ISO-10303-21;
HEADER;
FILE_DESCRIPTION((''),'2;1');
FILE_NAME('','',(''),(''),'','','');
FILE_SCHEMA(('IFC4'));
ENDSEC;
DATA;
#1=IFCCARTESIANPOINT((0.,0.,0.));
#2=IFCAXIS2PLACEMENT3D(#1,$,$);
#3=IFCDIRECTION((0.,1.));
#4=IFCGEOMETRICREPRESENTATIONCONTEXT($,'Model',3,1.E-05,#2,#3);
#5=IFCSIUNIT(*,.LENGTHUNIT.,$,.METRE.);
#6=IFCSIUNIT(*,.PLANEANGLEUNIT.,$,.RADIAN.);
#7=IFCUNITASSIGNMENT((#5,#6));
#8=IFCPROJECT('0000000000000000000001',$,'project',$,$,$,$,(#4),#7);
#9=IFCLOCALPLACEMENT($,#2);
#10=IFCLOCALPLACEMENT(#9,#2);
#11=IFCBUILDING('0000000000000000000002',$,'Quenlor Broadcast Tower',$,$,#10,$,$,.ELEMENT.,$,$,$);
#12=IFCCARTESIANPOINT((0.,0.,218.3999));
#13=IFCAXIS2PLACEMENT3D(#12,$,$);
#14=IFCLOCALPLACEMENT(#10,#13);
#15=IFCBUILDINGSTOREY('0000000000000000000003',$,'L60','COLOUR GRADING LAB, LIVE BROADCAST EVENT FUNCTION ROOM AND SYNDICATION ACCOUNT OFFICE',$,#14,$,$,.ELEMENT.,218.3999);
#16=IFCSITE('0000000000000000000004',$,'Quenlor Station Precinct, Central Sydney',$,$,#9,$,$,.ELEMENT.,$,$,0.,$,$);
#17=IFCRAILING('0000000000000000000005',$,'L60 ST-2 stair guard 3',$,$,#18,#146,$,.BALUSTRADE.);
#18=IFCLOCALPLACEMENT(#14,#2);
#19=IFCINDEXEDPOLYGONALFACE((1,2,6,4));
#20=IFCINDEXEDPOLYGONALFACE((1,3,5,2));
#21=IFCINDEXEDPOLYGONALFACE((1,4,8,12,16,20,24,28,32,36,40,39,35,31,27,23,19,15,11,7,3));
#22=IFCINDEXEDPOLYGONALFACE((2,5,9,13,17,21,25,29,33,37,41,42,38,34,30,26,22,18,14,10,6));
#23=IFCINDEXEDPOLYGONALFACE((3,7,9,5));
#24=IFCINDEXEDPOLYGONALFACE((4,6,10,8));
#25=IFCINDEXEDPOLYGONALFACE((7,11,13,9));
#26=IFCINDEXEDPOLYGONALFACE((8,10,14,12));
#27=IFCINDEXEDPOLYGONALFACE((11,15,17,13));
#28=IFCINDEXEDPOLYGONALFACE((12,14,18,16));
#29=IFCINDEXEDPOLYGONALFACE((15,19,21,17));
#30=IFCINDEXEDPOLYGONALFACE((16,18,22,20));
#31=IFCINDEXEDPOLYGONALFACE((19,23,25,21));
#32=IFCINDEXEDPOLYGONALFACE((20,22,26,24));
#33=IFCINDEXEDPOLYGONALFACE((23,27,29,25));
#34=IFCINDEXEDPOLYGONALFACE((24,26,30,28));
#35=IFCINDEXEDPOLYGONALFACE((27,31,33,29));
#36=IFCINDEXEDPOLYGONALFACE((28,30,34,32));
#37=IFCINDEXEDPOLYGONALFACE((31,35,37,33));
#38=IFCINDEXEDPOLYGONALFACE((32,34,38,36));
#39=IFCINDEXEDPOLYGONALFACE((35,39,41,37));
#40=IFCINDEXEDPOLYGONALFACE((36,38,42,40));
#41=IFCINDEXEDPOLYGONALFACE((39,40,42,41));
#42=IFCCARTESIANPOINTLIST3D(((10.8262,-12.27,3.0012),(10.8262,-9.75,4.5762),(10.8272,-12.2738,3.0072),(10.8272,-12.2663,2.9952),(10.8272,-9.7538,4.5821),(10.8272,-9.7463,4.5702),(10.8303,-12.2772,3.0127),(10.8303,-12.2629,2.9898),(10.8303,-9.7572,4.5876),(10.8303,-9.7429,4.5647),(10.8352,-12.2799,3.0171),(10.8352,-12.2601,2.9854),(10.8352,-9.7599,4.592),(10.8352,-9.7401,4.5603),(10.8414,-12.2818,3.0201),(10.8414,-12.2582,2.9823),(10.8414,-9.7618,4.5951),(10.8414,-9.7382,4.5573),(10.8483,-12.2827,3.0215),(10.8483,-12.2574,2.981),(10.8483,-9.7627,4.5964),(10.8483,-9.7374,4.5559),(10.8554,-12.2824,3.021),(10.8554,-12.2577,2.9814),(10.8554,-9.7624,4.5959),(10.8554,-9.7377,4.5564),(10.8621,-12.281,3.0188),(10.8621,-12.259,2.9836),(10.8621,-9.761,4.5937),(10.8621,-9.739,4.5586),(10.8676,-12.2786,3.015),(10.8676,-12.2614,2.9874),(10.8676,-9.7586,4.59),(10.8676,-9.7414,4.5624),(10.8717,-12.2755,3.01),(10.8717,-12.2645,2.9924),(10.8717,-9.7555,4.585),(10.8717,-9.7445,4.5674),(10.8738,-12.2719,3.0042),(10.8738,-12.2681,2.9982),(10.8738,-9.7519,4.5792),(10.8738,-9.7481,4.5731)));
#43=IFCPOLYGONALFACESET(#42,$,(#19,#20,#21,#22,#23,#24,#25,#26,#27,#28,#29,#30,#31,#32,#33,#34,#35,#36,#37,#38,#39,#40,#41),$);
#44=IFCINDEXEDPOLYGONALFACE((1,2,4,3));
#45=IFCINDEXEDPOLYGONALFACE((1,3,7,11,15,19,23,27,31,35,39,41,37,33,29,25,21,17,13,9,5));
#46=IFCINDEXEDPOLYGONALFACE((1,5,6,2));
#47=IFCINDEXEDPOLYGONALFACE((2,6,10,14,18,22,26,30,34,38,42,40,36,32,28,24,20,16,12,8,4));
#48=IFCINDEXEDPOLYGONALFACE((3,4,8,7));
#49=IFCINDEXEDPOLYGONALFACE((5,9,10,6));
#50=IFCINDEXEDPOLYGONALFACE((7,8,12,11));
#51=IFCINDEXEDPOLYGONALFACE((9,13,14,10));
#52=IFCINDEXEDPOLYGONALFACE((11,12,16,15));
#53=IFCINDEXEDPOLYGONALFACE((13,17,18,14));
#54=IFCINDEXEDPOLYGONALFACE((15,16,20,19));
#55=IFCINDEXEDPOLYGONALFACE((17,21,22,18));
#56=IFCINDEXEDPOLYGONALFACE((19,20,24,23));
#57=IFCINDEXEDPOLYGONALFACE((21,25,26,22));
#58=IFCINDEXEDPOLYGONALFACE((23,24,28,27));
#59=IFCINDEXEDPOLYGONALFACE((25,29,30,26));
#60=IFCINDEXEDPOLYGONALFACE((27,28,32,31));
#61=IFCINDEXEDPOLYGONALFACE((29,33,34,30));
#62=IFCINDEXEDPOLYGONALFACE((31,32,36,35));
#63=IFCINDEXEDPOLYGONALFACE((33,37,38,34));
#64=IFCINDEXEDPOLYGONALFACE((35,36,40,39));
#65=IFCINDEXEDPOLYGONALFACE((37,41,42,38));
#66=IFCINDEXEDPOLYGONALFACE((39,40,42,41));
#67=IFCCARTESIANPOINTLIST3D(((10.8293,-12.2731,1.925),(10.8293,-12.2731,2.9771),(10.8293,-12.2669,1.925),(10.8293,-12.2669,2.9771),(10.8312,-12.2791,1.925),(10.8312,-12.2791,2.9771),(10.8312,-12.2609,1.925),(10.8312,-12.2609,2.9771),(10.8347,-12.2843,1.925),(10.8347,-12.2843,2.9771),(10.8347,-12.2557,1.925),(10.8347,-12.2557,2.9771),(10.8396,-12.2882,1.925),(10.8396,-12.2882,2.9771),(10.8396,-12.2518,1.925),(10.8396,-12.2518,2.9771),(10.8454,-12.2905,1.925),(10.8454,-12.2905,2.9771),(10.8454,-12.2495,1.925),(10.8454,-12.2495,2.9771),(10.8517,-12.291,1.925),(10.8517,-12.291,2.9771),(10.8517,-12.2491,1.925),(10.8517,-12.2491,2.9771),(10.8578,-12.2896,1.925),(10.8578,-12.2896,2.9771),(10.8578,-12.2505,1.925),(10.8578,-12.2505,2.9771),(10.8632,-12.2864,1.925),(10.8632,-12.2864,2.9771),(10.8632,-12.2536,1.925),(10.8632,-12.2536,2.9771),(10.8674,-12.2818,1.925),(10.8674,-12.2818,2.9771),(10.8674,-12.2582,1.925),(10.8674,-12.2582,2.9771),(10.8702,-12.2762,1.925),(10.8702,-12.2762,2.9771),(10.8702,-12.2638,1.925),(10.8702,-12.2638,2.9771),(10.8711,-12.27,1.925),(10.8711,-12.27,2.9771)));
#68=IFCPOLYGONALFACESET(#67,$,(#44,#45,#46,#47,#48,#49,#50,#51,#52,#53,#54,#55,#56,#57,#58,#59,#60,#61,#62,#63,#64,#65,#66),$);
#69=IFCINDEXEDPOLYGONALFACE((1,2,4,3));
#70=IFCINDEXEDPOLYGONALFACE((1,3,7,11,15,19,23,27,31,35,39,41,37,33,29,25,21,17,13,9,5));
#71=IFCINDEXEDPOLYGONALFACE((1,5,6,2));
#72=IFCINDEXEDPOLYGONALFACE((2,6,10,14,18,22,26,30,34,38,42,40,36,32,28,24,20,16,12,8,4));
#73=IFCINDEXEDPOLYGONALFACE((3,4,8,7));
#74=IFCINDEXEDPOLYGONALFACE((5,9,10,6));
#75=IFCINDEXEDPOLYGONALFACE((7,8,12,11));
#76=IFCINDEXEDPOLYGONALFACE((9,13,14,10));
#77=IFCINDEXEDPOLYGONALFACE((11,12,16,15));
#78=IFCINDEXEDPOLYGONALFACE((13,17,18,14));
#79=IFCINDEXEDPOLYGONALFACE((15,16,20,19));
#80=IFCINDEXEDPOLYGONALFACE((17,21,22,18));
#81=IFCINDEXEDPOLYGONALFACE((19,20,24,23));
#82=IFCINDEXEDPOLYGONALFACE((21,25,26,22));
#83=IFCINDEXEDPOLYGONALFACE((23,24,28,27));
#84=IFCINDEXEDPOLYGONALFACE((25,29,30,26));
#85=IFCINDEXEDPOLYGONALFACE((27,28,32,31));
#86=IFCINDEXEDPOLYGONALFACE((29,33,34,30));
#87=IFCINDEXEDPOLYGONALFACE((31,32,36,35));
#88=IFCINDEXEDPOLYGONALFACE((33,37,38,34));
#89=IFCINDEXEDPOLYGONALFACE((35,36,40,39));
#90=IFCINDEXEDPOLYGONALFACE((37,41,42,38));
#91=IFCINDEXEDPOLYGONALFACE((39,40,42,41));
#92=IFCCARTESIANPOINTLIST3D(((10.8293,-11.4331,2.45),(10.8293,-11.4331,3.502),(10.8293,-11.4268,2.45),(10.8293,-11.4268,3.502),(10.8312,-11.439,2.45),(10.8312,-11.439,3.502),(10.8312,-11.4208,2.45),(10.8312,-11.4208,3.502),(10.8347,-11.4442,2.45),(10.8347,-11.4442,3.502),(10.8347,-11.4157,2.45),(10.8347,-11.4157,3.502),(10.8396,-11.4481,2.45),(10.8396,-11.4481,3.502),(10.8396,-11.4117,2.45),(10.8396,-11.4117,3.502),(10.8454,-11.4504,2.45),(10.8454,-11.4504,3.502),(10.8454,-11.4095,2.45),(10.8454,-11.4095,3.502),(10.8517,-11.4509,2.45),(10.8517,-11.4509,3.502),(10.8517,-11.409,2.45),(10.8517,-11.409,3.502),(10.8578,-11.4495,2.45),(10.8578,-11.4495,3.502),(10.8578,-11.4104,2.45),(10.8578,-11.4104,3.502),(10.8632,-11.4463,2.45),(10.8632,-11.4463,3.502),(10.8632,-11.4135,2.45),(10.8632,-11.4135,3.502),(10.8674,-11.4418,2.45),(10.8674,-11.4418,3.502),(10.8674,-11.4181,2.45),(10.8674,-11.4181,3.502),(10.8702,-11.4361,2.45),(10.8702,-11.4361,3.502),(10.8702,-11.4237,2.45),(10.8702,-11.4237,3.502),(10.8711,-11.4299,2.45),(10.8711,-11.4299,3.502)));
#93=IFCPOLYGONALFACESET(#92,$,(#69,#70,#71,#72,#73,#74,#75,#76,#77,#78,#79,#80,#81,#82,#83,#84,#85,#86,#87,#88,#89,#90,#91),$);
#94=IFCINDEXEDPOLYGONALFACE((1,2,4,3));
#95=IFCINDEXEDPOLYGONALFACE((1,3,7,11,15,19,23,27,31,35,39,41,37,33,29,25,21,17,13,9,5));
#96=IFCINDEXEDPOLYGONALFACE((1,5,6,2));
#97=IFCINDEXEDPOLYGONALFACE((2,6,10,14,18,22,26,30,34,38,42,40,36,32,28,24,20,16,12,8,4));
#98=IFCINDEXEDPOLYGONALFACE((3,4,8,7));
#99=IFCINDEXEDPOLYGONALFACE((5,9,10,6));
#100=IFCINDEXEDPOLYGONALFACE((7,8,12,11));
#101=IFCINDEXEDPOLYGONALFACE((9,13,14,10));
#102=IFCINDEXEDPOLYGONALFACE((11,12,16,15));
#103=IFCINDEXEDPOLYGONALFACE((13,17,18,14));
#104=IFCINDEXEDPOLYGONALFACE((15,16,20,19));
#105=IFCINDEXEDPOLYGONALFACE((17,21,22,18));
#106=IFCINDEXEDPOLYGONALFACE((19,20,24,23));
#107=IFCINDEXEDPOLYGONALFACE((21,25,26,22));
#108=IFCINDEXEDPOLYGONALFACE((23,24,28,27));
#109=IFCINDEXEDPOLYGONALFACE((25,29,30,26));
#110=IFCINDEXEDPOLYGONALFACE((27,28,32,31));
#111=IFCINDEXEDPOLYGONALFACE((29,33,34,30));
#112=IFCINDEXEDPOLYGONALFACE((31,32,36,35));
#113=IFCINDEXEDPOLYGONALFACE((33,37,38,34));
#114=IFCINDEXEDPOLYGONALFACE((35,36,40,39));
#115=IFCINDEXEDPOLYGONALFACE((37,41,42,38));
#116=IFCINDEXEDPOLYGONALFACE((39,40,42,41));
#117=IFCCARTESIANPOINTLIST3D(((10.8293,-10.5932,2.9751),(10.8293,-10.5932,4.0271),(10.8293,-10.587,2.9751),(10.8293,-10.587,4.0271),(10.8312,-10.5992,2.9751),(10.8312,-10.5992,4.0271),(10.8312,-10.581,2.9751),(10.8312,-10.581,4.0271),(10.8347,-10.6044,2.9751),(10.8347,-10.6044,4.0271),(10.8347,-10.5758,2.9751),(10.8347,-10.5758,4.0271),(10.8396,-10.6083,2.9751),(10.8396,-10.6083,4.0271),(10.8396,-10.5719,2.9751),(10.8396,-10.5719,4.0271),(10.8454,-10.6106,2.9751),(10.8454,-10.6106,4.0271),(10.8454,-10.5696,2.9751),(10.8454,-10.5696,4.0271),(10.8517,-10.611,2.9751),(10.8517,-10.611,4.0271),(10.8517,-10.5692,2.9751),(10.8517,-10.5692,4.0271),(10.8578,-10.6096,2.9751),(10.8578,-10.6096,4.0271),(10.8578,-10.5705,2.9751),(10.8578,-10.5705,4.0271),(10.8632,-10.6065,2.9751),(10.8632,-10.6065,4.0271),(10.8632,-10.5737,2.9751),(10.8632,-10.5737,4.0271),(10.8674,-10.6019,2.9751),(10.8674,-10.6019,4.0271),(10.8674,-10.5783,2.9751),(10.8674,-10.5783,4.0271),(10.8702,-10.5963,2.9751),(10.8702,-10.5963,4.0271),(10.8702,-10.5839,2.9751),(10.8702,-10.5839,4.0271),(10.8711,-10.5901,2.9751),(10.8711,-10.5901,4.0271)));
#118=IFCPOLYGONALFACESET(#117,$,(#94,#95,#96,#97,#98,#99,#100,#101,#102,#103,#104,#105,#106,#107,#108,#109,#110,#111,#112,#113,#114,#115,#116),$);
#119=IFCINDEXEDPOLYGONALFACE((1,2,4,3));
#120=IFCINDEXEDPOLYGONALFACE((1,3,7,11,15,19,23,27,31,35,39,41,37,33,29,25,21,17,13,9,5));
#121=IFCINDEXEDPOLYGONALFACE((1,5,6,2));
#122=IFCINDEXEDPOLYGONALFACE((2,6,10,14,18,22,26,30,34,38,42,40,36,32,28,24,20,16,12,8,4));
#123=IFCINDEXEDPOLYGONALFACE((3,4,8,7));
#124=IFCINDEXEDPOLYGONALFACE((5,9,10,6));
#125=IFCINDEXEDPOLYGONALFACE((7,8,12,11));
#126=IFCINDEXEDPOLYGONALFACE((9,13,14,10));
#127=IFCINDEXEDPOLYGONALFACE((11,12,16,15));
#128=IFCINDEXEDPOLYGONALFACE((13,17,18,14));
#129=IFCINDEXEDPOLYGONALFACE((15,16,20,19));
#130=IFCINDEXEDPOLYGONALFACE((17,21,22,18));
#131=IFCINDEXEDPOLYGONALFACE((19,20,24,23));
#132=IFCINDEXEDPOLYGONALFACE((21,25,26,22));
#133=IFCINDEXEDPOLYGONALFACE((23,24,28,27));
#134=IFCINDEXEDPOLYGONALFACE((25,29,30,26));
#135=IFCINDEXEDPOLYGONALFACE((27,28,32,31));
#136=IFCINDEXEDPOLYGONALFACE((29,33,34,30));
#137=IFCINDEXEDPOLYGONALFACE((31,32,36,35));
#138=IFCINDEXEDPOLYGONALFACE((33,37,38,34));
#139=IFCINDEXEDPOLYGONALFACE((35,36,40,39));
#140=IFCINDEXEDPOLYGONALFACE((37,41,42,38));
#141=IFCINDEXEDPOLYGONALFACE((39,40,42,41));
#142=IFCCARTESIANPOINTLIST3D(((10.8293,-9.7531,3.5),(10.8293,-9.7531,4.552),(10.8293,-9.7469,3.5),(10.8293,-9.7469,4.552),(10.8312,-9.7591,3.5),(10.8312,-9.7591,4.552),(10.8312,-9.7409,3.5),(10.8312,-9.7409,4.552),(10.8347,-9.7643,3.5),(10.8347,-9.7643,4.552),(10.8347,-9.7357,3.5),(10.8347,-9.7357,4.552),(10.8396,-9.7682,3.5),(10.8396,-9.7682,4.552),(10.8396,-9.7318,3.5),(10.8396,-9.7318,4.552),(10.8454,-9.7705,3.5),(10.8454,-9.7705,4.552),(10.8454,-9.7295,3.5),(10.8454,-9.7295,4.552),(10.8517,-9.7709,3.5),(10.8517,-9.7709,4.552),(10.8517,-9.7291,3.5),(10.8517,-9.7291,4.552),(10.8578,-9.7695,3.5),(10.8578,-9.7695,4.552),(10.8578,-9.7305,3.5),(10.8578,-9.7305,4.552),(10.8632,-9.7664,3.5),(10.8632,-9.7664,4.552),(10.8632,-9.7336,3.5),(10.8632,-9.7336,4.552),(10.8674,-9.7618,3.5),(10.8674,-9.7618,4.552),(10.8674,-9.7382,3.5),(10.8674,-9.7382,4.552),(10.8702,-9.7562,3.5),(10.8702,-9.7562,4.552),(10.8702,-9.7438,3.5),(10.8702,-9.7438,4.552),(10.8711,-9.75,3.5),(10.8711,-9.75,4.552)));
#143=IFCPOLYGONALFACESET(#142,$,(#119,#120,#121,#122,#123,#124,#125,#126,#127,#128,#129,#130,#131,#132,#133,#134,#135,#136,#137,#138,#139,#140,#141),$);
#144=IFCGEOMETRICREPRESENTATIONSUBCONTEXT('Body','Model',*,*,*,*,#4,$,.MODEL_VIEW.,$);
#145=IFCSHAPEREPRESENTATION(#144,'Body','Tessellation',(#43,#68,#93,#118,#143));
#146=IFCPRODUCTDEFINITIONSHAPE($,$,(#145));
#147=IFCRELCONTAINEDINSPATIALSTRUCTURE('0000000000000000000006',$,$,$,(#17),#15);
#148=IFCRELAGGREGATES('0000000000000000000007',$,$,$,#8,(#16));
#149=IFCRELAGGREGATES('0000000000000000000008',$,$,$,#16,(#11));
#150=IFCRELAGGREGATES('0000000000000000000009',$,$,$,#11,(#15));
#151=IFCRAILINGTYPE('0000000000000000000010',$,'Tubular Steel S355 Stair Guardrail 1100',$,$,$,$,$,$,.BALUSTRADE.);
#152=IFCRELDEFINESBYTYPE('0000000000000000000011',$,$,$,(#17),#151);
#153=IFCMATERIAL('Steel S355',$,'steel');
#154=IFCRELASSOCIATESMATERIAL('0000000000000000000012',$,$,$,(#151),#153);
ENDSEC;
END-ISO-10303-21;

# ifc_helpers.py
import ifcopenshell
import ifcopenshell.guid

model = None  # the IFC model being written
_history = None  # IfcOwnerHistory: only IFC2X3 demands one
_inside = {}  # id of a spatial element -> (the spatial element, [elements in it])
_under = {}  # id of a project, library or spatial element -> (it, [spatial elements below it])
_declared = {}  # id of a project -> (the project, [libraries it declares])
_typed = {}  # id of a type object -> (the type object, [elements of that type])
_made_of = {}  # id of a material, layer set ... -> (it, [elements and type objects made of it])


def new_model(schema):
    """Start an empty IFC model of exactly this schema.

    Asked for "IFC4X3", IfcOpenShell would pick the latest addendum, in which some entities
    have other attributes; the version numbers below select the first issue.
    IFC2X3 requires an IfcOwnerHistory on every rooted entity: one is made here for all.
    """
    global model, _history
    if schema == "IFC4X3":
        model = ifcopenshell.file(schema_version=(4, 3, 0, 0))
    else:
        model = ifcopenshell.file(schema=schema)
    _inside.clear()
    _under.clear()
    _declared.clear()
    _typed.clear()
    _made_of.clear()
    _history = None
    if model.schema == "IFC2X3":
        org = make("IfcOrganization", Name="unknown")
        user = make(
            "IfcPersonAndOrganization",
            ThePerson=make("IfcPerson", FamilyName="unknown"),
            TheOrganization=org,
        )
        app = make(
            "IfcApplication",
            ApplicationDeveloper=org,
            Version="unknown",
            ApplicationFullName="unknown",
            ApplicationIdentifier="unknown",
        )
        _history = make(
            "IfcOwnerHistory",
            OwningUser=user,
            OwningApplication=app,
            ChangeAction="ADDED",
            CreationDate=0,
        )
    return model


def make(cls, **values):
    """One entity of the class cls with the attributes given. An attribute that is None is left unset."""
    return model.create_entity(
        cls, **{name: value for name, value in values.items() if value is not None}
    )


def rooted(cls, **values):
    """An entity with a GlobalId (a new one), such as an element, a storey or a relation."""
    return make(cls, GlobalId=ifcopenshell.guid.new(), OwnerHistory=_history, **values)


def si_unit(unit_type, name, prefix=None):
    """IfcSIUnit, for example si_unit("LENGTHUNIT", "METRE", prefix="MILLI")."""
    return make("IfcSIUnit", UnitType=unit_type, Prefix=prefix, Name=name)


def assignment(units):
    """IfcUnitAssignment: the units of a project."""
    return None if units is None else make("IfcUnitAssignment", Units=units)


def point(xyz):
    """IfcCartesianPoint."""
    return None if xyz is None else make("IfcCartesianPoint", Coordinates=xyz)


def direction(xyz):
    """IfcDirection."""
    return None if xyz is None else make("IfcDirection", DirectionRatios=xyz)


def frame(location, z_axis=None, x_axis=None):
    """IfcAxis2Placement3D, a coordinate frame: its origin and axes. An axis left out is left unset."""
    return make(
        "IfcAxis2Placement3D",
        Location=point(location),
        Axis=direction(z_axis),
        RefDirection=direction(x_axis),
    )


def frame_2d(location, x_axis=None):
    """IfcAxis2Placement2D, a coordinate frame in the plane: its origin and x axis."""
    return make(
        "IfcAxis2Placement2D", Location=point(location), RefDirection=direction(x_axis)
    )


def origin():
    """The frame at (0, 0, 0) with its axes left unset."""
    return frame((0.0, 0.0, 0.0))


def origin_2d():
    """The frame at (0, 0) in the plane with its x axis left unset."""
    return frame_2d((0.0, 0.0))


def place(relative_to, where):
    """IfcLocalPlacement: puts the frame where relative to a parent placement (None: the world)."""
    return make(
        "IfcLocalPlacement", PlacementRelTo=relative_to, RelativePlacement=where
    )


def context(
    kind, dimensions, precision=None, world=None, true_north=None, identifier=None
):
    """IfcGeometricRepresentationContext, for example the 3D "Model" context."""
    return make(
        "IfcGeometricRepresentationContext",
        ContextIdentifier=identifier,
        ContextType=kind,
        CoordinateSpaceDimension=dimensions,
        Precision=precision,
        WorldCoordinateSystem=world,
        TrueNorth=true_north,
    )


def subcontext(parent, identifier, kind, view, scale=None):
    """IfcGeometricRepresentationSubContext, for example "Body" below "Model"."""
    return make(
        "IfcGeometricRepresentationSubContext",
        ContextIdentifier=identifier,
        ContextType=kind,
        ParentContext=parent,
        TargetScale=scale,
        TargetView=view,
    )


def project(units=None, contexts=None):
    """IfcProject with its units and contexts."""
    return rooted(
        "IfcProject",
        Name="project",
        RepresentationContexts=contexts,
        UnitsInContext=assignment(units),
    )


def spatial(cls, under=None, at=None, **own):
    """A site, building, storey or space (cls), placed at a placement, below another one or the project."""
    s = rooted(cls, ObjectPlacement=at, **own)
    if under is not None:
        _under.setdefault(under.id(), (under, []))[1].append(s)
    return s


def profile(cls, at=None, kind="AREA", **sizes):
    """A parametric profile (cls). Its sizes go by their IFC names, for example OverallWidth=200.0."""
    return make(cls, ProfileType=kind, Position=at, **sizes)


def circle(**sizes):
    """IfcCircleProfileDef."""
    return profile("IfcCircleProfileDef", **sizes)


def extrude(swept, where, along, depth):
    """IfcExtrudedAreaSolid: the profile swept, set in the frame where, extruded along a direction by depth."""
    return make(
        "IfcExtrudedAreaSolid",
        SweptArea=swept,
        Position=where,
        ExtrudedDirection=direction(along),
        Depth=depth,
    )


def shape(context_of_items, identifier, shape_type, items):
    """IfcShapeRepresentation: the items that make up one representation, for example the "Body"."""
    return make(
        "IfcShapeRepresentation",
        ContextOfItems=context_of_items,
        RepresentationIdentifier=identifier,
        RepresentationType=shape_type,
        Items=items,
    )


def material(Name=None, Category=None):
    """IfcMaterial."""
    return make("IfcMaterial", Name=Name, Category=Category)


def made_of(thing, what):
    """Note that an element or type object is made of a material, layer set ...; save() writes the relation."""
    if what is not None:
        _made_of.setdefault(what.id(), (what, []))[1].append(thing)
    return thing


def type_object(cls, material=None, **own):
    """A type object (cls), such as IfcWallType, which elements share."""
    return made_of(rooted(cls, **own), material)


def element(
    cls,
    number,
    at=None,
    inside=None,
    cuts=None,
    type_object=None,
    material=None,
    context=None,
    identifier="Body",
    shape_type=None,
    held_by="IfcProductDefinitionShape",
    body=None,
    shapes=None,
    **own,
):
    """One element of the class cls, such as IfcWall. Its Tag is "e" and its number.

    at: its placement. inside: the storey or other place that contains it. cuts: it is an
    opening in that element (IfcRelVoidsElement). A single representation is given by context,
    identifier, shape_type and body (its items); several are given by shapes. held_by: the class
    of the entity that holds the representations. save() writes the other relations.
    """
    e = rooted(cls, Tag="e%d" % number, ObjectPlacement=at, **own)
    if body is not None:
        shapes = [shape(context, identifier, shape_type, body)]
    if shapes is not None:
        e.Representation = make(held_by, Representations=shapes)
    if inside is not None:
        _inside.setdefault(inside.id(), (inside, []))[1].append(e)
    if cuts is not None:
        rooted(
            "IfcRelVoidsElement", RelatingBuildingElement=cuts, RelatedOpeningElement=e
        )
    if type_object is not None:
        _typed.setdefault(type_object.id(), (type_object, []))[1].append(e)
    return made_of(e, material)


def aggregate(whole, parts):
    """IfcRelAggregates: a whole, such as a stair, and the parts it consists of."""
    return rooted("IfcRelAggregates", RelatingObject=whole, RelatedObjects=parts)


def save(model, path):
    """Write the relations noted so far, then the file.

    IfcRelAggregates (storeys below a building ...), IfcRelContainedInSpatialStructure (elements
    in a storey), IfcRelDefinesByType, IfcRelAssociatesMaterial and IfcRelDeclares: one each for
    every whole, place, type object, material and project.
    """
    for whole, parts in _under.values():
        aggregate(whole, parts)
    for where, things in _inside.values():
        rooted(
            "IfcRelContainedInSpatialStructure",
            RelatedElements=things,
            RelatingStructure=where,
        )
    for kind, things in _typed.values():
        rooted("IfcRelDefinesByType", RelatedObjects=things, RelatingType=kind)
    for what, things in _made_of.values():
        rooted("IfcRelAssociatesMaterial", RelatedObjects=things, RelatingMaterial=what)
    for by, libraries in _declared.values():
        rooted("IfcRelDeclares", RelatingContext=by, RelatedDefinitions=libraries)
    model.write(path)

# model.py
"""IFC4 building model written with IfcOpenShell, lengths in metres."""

from ifc_helpers import new_model, si_unit, direction, frame, origin, origin_2d, place, context, subcontext, project, spatial, circle, extrude, material, type_object, element, save


model = new_model("IFC4")

# Units and contexts
model_context = context("Model", 3, precision=1e-05, world=origin(), true_north=direction((0.0, 1.0)))
body_context = subcontext(model_context, "Body", "Model", "MODEL_VIEW")
ifc_project = project(units=[si_unit("LENGTHUNIT", "METRE"), si_unit("PLANEANGLEUNIT", "RADIAN")], contexts=[model_context])

# Site, building, storey
site_placement = place(None, origin())
site = spatial("IfcSite", under=ifc_project, at=site_placement, Name="Quenlor Station Precinct, Central Sydney", CompositionType="ELEMENT", RefElevation=0.0)
building_placement = place(site_placement, origin())
building = spatial("IfcBuilding", under=site, at=building_placement, Name="Quenlor Broadcast Tower", CompositionType="ELEMENT")
storey_placement = place(building_placement, frame((0.0, 0.0, 218.3999)))
storey = spatial("IfcBuildingStorey", under=building, at=storey_placement, Name="L60", Description="COLOUR GRADING LAB, LIVE BROADCAST EVENT FUNCTION ROOM AND SYNDICATION ACCOUNT OFFICE", CompositionType="ELEMENT", Elevation=218.3999)

# Railing
ifc_material_1 = material(Name="Steel S355", Category="steel")
railing_type_1 = type_object("IfcRailingType", Name="Tubular Steel S355 Stair Guardrail 1100", PredefinedType="BALUSTRADE", material=ifc_material_1)
railing_1_placement = place(storey_placement, frame((10.8501, -12.27, 1.925)))
element("IfcRailing", 1, at=railing_1_placement, inside=storey, type_object=railing_type_1, Name="L60 ST-2 stair guard 3", PredefinedType="BALUSTRADE", context=body_context, shape_type="SweptSolid", body=[
    extrude(circle(Radius=0.0239, at=origin_2d()), frame((0.0, 0.0, 1.0762), z_axis=(0.0, 0.848008, 0.529984), x_axis=(-1.0, 0.0, 0.0)), (0.0, 0.0, 1.0), 2.9717),
    extrude(circle(Radius=0.021, at=origin_2d()), origin(), (0.0, 0.0, 1.0), 1.052),
    extrude(circle(Radius=0.021, at=origin_2d()), frame((0.0, 0.8401, 0.5249)), (0.0, 0.0, 1.0), 1.052),
    extrude(circle(Radius=0.021, at=origin_2d()), frame((0.0, 1.6799, 1.05)), (0.0, 0.0, 1.0), 1.052),
    extrude(circle(Radius=0.021, at=origin_2d()), frame((0.0, 2.52, 1.575)), (0.0, 0.0, 1.0), 1.052),
])

save(model, "model.ifc")
